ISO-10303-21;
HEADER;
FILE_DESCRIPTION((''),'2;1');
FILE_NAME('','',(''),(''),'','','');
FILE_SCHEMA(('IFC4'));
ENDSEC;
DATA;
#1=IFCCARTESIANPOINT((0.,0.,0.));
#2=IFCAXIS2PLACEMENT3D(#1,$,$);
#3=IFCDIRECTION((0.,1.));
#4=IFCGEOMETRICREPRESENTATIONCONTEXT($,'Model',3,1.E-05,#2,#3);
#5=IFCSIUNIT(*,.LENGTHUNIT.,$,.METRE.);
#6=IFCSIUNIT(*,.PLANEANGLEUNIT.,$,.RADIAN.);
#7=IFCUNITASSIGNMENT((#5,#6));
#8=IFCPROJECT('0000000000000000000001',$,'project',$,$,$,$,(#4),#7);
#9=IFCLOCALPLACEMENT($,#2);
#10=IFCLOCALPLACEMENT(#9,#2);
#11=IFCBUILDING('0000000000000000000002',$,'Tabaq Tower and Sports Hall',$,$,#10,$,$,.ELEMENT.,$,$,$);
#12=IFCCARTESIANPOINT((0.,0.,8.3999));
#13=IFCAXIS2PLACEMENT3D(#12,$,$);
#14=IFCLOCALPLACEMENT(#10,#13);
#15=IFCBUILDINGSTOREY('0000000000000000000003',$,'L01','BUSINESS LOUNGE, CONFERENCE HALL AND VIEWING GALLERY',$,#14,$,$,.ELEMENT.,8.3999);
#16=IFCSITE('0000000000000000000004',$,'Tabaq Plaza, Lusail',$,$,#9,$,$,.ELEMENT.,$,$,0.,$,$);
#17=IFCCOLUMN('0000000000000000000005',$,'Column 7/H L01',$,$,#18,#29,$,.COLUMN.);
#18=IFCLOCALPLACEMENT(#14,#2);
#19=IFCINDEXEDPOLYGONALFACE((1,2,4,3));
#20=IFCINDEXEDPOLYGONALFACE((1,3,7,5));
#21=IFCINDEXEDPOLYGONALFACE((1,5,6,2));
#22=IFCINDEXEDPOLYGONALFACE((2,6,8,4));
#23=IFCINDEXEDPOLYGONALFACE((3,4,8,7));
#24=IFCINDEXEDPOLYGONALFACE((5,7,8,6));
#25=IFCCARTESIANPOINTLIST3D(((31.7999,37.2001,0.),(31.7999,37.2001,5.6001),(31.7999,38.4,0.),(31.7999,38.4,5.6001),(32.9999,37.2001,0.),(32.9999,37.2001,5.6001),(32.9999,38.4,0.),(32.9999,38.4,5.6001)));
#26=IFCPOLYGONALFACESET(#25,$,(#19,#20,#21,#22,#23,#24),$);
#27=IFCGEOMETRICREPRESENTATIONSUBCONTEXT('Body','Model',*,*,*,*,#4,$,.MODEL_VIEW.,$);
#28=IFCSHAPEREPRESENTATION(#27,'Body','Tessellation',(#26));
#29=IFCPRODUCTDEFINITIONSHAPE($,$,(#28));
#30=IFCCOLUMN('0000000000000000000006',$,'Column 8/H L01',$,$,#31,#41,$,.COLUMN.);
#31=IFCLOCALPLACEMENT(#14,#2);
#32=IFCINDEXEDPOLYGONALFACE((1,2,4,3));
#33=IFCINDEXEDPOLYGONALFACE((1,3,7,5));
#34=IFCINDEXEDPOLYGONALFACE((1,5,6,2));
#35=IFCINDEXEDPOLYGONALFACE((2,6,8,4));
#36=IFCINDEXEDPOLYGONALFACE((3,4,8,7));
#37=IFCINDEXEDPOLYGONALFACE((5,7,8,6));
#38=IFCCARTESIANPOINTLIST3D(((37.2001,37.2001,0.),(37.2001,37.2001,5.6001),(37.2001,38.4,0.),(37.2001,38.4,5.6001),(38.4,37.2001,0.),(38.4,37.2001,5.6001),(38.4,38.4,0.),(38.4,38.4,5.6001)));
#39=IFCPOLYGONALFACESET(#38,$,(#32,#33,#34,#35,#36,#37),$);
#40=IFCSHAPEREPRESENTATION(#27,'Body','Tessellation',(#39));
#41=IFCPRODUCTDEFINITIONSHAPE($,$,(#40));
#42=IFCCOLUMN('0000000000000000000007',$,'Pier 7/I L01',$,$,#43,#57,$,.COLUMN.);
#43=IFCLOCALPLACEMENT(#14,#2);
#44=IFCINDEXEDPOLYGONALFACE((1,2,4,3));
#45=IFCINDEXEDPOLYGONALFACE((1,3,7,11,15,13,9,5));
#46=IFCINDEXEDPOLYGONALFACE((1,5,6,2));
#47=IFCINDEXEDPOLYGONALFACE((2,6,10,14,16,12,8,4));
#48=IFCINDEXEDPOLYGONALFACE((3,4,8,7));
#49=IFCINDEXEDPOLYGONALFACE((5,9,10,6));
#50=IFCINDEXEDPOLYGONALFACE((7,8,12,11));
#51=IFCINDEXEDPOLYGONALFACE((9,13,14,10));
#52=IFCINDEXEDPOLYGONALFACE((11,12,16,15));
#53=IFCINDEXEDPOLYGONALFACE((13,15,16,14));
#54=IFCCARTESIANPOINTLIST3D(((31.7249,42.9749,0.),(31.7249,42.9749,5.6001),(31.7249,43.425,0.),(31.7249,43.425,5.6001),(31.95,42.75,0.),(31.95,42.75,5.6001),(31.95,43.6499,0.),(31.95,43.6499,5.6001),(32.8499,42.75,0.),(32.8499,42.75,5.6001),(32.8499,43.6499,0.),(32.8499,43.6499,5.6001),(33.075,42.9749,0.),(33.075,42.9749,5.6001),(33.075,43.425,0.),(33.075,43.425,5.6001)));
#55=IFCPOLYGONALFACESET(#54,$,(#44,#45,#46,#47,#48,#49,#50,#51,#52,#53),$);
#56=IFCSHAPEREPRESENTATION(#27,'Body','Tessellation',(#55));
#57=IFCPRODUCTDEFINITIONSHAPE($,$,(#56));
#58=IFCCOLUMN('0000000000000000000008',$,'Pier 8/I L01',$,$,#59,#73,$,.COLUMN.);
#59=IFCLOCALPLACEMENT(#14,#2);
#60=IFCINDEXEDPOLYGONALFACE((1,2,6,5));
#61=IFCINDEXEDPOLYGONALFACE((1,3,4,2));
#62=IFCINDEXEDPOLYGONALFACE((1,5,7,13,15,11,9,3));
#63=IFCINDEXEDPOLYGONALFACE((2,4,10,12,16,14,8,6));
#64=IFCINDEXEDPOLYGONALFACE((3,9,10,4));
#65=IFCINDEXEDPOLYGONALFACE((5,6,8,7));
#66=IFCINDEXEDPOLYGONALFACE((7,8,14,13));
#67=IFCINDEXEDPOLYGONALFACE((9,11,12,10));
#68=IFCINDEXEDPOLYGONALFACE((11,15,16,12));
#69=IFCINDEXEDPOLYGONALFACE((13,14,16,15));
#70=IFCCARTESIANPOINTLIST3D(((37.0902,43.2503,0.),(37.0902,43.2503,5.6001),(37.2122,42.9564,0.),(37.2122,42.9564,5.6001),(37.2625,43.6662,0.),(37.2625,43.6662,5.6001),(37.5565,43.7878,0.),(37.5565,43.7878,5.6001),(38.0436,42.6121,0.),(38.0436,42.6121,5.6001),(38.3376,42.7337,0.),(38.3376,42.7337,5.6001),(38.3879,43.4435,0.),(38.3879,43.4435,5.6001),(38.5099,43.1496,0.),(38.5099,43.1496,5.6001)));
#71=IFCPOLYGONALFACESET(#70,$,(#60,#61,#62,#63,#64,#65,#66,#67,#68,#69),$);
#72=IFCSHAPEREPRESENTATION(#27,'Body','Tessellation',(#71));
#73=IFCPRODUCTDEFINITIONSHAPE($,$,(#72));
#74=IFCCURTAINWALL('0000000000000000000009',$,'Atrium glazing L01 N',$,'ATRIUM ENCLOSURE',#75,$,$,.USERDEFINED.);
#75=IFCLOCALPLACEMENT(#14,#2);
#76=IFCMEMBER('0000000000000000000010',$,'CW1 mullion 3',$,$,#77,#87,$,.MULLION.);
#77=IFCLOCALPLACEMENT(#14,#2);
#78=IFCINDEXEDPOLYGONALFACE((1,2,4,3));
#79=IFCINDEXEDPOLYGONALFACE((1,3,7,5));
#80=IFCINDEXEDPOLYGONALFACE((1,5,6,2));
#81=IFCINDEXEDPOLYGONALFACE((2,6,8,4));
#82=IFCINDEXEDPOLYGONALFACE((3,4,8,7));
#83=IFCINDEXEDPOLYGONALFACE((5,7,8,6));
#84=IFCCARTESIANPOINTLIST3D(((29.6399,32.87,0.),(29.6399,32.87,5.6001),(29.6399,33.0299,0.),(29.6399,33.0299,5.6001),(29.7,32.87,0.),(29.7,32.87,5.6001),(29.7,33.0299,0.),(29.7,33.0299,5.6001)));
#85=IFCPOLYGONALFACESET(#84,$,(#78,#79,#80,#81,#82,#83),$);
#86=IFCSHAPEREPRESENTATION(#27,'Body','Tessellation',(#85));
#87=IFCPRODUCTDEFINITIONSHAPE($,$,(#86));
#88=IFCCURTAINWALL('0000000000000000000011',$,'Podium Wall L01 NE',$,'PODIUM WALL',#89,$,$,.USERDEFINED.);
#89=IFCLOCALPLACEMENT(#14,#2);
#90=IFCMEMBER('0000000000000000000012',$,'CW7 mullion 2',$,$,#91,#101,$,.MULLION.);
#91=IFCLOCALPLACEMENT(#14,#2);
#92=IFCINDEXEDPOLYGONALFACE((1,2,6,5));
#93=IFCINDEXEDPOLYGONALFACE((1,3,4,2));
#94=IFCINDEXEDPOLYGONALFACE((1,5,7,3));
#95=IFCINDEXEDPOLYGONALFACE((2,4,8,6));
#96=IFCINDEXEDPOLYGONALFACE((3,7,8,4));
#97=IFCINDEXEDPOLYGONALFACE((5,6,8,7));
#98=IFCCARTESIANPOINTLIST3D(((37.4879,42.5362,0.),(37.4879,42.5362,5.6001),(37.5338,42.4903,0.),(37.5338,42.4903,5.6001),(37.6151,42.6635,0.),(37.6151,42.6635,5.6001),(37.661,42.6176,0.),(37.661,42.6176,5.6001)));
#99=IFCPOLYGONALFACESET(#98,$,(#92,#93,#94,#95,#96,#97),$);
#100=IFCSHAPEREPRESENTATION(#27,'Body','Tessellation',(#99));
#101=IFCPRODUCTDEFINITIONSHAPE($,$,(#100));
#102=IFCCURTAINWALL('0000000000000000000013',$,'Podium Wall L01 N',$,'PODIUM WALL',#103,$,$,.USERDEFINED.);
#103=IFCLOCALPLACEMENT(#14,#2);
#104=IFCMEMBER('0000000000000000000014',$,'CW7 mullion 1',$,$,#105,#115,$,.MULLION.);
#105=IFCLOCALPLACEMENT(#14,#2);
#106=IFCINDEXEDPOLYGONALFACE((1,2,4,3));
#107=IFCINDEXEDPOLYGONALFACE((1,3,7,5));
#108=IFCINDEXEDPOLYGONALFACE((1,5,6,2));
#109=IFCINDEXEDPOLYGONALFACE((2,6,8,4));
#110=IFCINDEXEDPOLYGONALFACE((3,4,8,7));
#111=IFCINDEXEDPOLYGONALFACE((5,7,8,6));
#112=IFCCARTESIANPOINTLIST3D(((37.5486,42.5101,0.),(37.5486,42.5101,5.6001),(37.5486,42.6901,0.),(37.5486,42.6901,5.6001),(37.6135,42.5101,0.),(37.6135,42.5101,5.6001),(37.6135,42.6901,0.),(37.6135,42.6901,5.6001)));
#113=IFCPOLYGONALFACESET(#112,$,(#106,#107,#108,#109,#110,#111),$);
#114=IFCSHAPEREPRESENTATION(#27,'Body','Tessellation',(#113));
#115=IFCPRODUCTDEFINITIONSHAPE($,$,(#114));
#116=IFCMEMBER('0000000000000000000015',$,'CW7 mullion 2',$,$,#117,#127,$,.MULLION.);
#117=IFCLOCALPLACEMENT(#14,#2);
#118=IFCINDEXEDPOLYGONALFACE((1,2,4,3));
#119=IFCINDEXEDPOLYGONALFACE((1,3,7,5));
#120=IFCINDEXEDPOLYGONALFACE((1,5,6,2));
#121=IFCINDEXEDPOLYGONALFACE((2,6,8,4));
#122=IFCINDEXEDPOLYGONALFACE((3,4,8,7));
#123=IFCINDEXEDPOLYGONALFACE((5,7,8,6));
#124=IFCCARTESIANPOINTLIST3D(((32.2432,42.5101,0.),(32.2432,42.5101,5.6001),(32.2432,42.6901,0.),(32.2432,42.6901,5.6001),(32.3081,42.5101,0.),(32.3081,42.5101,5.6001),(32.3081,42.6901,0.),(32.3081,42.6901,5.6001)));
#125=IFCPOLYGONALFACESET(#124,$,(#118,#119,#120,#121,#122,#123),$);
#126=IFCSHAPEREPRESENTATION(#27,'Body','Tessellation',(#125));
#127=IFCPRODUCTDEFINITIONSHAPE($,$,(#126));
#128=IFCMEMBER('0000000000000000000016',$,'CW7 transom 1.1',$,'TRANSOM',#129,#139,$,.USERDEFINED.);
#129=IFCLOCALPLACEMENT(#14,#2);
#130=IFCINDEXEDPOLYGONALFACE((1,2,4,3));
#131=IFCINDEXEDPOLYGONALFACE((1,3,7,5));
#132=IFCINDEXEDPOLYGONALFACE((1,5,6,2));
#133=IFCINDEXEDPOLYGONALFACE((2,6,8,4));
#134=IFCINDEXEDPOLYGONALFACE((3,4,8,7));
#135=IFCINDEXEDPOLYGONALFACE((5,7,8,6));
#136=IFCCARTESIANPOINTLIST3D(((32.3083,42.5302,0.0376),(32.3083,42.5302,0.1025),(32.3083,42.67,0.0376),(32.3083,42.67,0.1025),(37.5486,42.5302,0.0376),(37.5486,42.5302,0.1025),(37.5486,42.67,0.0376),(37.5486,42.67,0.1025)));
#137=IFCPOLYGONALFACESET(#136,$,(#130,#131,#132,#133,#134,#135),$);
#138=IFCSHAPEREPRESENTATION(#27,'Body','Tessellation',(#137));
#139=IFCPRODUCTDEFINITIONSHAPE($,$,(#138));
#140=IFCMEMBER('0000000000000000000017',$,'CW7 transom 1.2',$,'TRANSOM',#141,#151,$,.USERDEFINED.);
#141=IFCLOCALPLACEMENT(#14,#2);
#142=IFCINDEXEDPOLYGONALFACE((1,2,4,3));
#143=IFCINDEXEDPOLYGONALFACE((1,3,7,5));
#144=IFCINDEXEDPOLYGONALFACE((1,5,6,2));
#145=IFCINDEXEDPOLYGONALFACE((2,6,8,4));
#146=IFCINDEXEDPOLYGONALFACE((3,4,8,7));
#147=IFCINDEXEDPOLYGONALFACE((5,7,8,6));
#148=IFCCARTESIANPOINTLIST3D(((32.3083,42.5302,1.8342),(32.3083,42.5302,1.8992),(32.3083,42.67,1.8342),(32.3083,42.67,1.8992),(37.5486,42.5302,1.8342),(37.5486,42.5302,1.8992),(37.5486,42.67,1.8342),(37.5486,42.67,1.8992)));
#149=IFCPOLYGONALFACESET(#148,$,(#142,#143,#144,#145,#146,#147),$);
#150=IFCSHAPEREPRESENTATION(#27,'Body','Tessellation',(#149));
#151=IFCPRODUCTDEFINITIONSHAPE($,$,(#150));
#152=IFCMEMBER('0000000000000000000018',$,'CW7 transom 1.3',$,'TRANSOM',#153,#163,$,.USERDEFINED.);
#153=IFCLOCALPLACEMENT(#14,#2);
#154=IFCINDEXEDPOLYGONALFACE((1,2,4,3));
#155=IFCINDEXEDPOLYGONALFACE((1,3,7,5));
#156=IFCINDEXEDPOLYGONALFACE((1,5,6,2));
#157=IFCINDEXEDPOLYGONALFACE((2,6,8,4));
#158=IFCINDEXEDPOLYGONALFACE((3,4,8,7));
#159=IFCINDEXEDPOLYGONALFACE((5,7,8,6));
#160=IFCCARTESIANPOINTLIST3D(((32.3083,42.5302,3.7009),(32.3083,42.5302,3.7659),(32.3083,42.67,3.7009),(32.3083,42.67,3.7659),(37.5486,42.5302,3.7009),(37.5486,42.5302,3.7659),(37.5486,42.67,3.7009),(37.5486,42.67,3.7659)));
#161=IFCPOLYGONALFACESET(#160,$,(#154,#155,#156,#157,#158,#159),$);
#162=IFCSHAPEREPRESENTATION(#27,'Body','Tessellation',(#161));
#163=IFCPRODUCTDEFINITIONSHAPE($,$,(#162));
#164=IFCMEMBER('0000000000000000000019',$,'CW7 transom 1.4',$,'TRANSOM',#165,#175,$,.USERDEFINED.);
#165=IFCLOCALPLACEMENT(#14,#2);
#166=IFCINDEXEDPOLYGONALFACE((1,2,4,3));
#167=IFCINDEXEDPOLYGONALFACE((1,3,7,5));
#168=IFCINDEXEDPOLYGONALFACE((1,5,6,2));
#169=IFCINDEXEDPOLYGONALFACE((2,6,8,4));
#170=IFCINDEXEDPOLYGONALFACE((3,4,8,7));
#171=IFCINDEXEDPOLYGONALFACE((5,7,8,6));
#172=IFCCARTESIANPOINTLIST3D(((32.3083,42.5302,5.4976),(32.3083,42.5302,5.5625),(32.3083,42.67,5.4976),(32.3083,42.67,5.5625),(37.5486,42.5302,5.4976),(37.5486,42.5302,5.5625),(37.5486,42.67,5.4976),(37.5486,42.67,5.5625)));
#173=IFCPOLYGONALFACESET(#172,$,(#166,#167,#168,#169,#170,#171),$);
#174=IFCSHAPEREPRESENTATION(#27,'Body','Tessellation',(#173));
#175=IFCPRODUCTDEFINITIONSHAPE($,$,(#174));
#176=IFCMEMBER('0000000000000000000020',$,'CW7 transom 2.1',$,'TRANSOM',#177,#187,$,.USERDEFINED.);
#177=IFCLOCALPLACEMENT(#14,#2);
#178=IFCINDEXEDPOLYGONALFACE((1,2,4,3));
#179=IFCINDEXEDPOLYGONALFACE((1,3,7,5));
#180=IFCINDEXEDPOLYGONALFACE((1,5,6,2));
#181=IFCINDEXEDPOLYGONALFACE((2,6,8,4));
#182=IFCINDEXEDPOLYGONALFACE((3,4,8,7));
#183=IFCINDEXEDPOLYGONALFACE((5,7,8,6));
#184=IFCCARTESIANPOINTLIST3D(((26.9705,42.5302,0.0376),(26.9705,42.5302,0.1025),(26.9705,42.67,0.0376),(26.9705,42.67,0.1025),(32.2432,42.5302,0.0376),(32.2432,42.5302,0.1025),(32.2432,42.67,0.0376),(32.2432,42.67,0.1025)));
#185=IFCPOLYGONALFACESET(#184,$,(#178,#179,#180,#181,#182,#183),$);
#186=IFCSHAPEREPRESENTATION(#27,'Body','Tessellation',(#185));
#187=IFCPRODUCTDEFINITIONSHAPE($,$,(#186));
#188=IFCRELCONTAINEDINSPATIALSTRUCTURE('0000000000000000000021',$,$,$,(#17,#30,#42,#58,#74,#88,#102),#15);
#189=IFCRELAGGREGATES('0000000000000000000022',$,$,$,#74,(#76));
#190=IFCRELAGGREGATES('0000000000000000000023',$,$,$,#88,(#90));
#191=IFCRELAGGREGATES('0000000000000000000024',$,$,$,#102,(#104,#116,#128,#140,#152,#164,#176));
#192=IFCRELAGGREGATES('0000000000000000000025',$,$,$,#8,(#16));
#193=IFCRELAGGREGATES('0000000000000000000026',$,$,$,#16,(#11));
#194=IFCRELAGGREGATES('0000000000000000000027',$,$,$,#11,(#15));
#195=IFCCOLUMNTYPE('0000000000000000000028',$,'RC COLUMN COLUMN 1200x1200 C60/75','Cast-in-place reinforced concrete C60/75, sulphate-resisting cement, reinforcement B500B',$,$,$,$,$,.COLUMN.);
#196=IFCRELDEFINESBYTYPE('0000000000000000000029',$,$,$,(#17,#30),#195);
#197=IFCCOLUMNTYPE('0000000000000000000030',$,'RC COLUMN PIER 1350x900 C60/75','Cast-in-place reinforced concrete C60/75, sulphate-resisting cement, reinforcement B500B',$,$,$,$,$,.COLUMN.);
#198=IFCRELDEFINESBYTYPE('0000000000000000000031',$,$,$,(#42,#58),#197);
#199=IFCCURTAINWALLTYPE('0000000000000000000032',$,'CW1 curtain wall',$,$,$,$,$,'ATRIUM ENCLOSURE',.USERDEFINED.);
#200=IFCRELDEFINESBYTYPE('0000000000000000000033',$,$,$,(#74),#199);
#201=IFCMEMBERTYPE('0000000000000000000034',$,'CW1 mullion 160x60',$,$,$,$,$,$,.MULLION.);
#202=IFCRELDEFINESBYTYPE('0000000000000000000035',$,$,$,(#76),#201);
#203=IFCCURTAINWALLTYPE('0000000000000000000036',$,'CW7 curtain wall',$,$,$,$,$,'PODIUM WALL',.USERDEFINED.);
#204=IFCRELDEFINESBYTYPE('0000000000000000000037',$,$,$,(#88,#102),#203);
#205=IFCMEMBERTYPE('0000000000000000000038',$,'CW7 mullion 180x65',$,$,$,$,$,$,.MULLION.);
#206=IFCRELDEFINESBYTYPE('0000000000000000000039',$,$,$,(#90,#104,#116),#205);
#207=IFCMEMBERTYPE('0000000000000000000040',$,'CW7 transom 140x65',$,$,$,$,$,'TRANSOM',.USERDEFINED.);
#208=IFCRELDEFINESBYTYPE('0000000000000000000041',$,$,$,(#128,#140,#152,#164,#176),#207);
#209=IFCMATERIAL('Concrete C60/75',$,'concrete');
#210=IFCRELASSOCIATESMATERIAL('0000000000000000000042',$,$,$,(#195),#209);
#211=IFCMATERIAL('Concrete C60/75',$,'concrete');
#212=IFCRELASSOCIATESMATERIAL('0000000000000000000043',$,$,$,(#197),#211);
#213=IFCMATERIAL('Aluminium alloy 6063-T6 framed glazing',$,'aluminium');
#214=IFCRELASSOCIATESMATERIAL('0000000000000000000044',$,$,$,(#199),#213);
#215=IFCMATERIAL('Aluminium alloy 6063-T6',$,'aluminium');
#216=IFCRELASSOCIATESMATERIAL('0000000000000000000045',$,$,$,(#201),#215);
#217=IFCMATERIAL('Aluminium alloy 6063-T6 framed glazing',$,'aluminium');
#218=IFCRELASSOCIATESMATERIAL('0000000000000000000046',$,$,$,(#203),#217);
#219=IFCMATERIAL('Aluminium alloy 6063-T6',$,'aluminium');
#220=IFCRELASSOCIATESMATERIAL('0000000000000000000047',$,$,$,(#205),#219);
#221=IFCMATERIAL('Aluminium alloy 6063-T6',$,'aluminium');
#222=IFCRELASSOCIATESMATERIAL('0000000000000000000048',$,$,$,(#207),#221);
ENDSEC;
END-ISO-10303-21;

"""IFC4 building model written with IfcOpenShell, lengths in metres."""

from ifc_helpers import new_model, si_unit, direction, frame, origin, origin_2d, place, context, subcontext, project, spatial, polyline, rectangle, outline, extrude, material, material_profile, profile_set, type_object, element, aggregate, save


model = new_model("IFC4")

# Units and contexts
model_context = context("Model", 3, precision=1e-05, world=origin(), true_north=direction((0.0, 1.0)))
body_context = subcontext(model_context, "Body", "Model", "MODEL_VIEW")
ifc_project = project(units=[si_unit("LENGTHUNIT", "METRE"), si_unit("PLANEANGLEUNIT", "RADIAN")], contexts=[model_context])

# Site, building, storey
site_placement = place(None, origin())
site = spatial("IfcSite", under=ifc_project, at=site_placement, Name="Tabaq Plaza, Lusail", CompositionType="ELEMENT", RefElevation=0.0)
building_placement = place(site_placement, origin())
building = spatial("IfcBuilding", under=site, at=building_placement, Name="Tabaq Tower and Sports Hall", CompositionType="ELEMENT")
storey_placement = place(building_placement, frame((0.0, 0.0, 8.3999)))
storey = spatial("IfcBuildingStorey", under=building, at=storey_placement, Name="L01", Description="BUSINESS LOUNGE, CONFERENCE HALL AND VIEWING GALLERY", CompositionType="ELEMENT", Elevation=8.3999)

# Columns
ifc_material_1 = material(Name="Concrete C60/75", Category="concrete")
ifc_material_profile_1 = material_profile(ifc_material_1, rectangle(XDim=1.2, YDim=1.2, at=origin_2d()), Name="COLUMN 1200x1200")
ifc_profile_set_1 = profile_set([ifc_material_profile_1], Name="Concrete C60/75")
column_type_1 = type_object("IfcColumnType", Name="RC COLUMN COLUMN 1200x1200 C60/75", Description="Cast-in-place reinforced concrete C60/75, sulphate-resisting cement, reinforcement B500B", PredefinedType="COLUMN", material=ifc_profile_set_1)
for number, where, z_axis, x_axis, name in (
    (1, (32.3999, 37.8, 0.0), (0.0, 0.0, 1.0), (1.0, 0.0, 0.0), "Column 7/H L01"),
    (2, (37.8, 37.8, 0.0), (0.0, 0.0, 1.0), (1.0, 0.0, 0.0), "Column 8/H L01"),
):
    element("IfcColumn", number, at=place(storey_placement, frame(where, z_axis=z_axis, x_axis=x_axis)), inside=storey, type_object=column_type_1, Name=name, PredefinedType="COLUMN", context=body_context, shape_type="SweptSolid", body=[
        extrude(rectangle(XDim=1.2, YDim=1.2, at=origin_2d()), origin(), (0.0, 0.0, 1.0), 5.6001),
    ])
ifc_material_2 = material(Name="Concrete C60/75", Category="concrete")
ifc_material_profile_2 = material_profile(ifc_material_2, outline(polyline([(-0.45, -0.45), (0.45, -0.45), (0.675, -0.2251), (0.675, 0.2251), (0.45, 0.45), (-0.45, 0.45), (-0.675, 0.2251), (-0.675, -0.2251), (-0.45, -0.45)])), Name="PIER 1350x900")
ifc_profile_set_2 = profile_set([ifc_material_profile_2], Name="Concrete C60/75")
column_type_2 = type_object("IfcColumnType", Name="RC COLUMN PIER 1350x900 C60/75", Description="Cast-in-place reinforced concrete C60/75, sulphate-resisting cement, reinforcement B500B", PredefinedType="COLUMN", material=ifc_profile_set_2)
for number, where, z_axis, x_axis, name in (
    (3, (32.3999, 43.2, 0.0), (0.0, 0.0, 1.0), (1.0, 0.0, 0.0), "Pier 7/I L01"),
    (4, (37.8, 43.2, 0.0), (0.0, 0.0, 1.0), (-0.92388, 0.382683, 0.0), "Pier 8/I L01"),
):
    element("IfcColumn", number, at=place(storey_placement, frame(where, z_axis=z_axis, x_axis=x_axis)), inside=storey, type_object=column_type_2, Name=name, PredefinedType="COLUMN", context=body_context, shape_type="SweptSolid", body=[
        extrude(outline(polyline([(-0.45, -0.45), (0.45, -0.45), (0.675, -0.2251), (0.675, 0.2251), (0.45, 0.45), (-0.45, 0.45), (-0.675, 0.2251), (-0.675, -0.2251), (-0.45, -0.45)])), origin(), (0.0, 0.0, 1.0), 5.6001),
    ])

# Curtain walls, members
ifc_material_3 = material(Name="Aluminium alloy 6063-T6 framed glazing", Category="aluminium")
curtain_wall_type_1 = type_object("IfcCurtainWallType", Name="CW1 curtain wall", ElementType="ATRIUM ENCLOSURE", PredefinedType="USERDEFINED", material=ifc_material_3)
curtain_wall_1_placement = place(storey_placement, origin())
curtain_wall_1 = element("IfcCurtainWall", 5, at=curtain_wall_1_placement, inside=storey, type_object=curtain_wall_type_1, Name="Atrium glazing L01 N", ObjectType="ATRIUM ENCLOSURE", PredefinedType="USERDEFINED")
ifc_material_4 = material(Name="Aluminium alloy 6063-T6", Category="aluminium")
ifc_material_profile_3 = material_profile(ifc_material_4, rectangle(XDim=0.1599, YDim=0.0601, at=origin_2d()), Name="MULLION 160x60")
ifc_profile_set_3 = profile_set([ifc_material_profile_3], Name="Aluminium alloy 6063-T6")
member_type_1 = type_object("IfcMemberType", Name="CW1 mullion 160x60", PredefinedType="MULLION", material=ifc_profile_set_3)
member_1_placement = place(storey_placement, frame((29.6699, 32.95, 0.0), z_axis=(0.0, 0.0, 1.0), x_axis=(0.0, 1.0, 0.0)))
member_1 = element("IfcMember", 6, at=member_1_placement, type_object=member_type_1, Name="CW1 mullion 3", PredefinedType="MULLION", context=body_context, shape_type="SweptSolid", body=[
    extrude(rectangle(XDim=0.1599, YDim=0.0601, at=origin_2d()), origin(), (0.0, 0.0, 1.0), 5.6001),
])
aggregate(curtain_wall_1, [member_1])
ifc_material_5 = material(Name="Aluminium alloy 6063-T6 framed glazing", Category="aluminium")
curtain_wall_type_2 = type_object("IfcCurtainWallType", Name="CW7 curtain wall", ElementType="PODIUM WALL", PredefinedType="USERDEFINED", material=ifc_material_5)
curtain_wall_2_placement = place(storey_placement, origin())
curtain_wall_2 = element("IfcCurtainWall", 7, at=curtain_wall_2_placement, inside=storey, type_object=curtain_wall_type_2, Name="Podium Wall L01 NE", ObjectType="PODIUM WALL", PredefinedType="USERDEFINED")
ifc_material_6 = material(Name="Aluminium alloy 6063-T6", Category="aluminium")
ifc_material_profile_4 = material_profile(ifc_material_6, rectangle(XDim=0.1799, YDim=0.0649, at=origin_2d()), Name="MULLION 180x65")
ifc_profile_set_4 = profile_set([ifc_material_profile_4], Name="Aluminium alloy 6063-T6")
member_type_2 = type_object("IfcMemberType", Name="CW7 mullion 180x65", PredefinedType="MULLION", material=ifc_profile_set_4)
member_2_placement = place(storey_placement, frame((37.5745, 42.5769, 0.0), z_axis=(0.0, 0.0, 1.0), x_axis=(-0.707107, -0.707107, 0.0)))
member_2 = element("IfcMember", 8, at=member_2_placement, type_object=member_type_2, Name="CW7 mullion 2", PredefinedType="MULLION", context=body_context, shape_type="SweptSolid", body=[
    extrude(rectangle(XDim=0.1799, YDim=0.0649, at=origin_2d()), origin(), (0.0, 0.0, 1.0), 5.6001),
])
aggregate(curtain_wall_2, [member_2])

# Curtain wall, members
curtain_wall_3_placement = place(storey_placement, origin())
curtain_wall_3 = element("IfcCurtainWall", 9, at=curtain_wall_3_placement, inside=storey, type_object=curtain_wall_type_2, Name="Podium Wall L01 N", ObjectType="PODIUM WALL", PredefinedType="USERDEFINED")
member_3_placement = place(storey_placement, frame((37.5811, 42.6001, 0.0), z_axis=(0.0, 0.0, 1.0), x_axis=(0.0, -1.0, 0.0)))
member_3 = element("IfcMember", 10, at=member_3_placement, type_object=member_type_2, Name="CW7 mullion 1", PredefinedType="MULLION", context=body_context, shape_type="SweptSolid", body=[
    extrude(rectangle(XDim=0.1799, YDim=0.0649, at=origin_2d()), origin(), (0.0, 0.0, 1.0), 5.6001),
])
member_4_placement = place(storey_placement, frame((32.2756, 42.6001, 0.0), z_axis=(0.0, 0.0, 1.0), x_axis=(0.0, -1.0, 0.0)))
member_4 = element("IfcMember", 11, at=member_4_placement, type_object=member_type_2, Name="CW7 mullion 2", PredefinedType="MULLION", context=body_context, shape_type="SweptSolid", body=[
    extrude(rectangle(XDim=0.1799, YDim=0.0649, at=origin_2d()), origin(), (0.0, 0.0, 1.0), 5.6001),
])
ifc_material_7 = material(Name="Aluminium alloy 6063-T6", Category="aluminium")
ifc_material_profile_5 = material_profile(ifc_material_7, rectangle(XDim=0.1399, YDim=0.0649, at=origin_2d()), Name="TRANSOM 140x65")
ifc_profile_set_5 = profile_set([ifc_material_profile_5], Name="Aluminium alloy 6063-T6")
member_type_3 = type_object("IfcMemberType", Name="CW7 transom 140x65", ElementType="TRANSOM", PredefinedType="USERDEFINED", material=ifc_profile_set_5)
member_5_placement = place(storey_placement, frame((37.5486, 42.6001, 0.0701), z_axis=(-1.0, 0.0, 0.0), x_axis=(0.0, -1.0, 0.0)))
member_5 = element("IfcMember", 12, at=member_5_placement, type_object=member_type_3, Name="CW7 transom 1.1", ObjectType="TRANSOM", PredefinedType="USERDEFINED", context=body_context, shape_type="SweptSolid", body=[
    extrude(rectangle(XDim=0.1399, YDim=0.0649, at=origin_2d()), origin(), (0.0, 0.0, 1.0), 5.2402),
])
member_6_placement = place(storey_placement, frame((37.5486, 42.6001, 1.8667), z_axis=(-1.0, 0.0, 0.0), x_axis=(0.0, -1.0, 0.0)))
member_6 = element("IfcMember", 13, at=member_6_placement, type_object=member_type_3, Name="CW7 transom 1.2", ObjectType="TRANSOM", PredefinedType="USERDEFINED", context=body_context, shape_type="SweptSolid", body=[
    extrude(rectangle(XDim=0.1399, YDim=0.0649, at=origin_2d()), origin(), (0.0, 0.0, 1.0), 5.2402),
])
member_7_placement = place(storey_placement, frame((37.5486, 42.6001, 3.7334), z_axis=(-1.0, 0.0, 0.0), x_axis=(0.0, -1.0, 0.0)))
member_7 = element("IfcMember", 14, at=member_7_placement, type_object=member_type_3, Name="CW7 transom 1.3", ObjectType="TRANSOM", PredefinedType="USERDEFINED", context=body_context, shape_type="SweptSolid", body=[
    extrude(rectangle(XDim=0.1399, YDim=0.0649, at=origin_2d()), origin(), (0.0, 0.0, 1.0), 5.2402),
])
member_8_placement = place(storey_placement, frame((37.5486, 42.6001, 5.53), z_axis=(-1.0, 0.0, 0.0), x_axis=(0.0, -1.0, 0.0)))
member_8 = element("IfcMember", 15, at=member_8_placement, type_object=member_type_3, Name="CW7 transom 1.4", ObjectType="TRANSOM", PredefinedType="USERDEFINED", context=body_context, shape_type="SweptSolid", body=[
    extrude(rectangle(XDim=0.1399, YDim=0.0649, at=origin_2d()), origin(), (0.0, 0.0, 1.0), 5.2402),
])
member_9_placement = place(storey_placement, frame((32.2432, 42.6001, 0.0701), z_axis=(-1.0, 0.0, 0.0), x_axis=(0.0, -1.0, 0.0)))
member_9 = element("IfcMember", 16, at=member_9_placement, type_object=member_type_3, Name="CW7 transom 2.1", ObjectType="TRANSOM", PredefinedType="USERDEFINED", context=body_context, shape_type="SweptSolid", body=[
    extrude(rectangle(XDim=0.1399, YDim=0.0649, at=origin_2d()), origin(), (0.0, 0.0, 1.0), 5.2727),
])

aggregate(curtain_wall_3, [member_3, member_4, member_5, member_6, member_7, member_8, member_9])

save(model, "model.ifc")
